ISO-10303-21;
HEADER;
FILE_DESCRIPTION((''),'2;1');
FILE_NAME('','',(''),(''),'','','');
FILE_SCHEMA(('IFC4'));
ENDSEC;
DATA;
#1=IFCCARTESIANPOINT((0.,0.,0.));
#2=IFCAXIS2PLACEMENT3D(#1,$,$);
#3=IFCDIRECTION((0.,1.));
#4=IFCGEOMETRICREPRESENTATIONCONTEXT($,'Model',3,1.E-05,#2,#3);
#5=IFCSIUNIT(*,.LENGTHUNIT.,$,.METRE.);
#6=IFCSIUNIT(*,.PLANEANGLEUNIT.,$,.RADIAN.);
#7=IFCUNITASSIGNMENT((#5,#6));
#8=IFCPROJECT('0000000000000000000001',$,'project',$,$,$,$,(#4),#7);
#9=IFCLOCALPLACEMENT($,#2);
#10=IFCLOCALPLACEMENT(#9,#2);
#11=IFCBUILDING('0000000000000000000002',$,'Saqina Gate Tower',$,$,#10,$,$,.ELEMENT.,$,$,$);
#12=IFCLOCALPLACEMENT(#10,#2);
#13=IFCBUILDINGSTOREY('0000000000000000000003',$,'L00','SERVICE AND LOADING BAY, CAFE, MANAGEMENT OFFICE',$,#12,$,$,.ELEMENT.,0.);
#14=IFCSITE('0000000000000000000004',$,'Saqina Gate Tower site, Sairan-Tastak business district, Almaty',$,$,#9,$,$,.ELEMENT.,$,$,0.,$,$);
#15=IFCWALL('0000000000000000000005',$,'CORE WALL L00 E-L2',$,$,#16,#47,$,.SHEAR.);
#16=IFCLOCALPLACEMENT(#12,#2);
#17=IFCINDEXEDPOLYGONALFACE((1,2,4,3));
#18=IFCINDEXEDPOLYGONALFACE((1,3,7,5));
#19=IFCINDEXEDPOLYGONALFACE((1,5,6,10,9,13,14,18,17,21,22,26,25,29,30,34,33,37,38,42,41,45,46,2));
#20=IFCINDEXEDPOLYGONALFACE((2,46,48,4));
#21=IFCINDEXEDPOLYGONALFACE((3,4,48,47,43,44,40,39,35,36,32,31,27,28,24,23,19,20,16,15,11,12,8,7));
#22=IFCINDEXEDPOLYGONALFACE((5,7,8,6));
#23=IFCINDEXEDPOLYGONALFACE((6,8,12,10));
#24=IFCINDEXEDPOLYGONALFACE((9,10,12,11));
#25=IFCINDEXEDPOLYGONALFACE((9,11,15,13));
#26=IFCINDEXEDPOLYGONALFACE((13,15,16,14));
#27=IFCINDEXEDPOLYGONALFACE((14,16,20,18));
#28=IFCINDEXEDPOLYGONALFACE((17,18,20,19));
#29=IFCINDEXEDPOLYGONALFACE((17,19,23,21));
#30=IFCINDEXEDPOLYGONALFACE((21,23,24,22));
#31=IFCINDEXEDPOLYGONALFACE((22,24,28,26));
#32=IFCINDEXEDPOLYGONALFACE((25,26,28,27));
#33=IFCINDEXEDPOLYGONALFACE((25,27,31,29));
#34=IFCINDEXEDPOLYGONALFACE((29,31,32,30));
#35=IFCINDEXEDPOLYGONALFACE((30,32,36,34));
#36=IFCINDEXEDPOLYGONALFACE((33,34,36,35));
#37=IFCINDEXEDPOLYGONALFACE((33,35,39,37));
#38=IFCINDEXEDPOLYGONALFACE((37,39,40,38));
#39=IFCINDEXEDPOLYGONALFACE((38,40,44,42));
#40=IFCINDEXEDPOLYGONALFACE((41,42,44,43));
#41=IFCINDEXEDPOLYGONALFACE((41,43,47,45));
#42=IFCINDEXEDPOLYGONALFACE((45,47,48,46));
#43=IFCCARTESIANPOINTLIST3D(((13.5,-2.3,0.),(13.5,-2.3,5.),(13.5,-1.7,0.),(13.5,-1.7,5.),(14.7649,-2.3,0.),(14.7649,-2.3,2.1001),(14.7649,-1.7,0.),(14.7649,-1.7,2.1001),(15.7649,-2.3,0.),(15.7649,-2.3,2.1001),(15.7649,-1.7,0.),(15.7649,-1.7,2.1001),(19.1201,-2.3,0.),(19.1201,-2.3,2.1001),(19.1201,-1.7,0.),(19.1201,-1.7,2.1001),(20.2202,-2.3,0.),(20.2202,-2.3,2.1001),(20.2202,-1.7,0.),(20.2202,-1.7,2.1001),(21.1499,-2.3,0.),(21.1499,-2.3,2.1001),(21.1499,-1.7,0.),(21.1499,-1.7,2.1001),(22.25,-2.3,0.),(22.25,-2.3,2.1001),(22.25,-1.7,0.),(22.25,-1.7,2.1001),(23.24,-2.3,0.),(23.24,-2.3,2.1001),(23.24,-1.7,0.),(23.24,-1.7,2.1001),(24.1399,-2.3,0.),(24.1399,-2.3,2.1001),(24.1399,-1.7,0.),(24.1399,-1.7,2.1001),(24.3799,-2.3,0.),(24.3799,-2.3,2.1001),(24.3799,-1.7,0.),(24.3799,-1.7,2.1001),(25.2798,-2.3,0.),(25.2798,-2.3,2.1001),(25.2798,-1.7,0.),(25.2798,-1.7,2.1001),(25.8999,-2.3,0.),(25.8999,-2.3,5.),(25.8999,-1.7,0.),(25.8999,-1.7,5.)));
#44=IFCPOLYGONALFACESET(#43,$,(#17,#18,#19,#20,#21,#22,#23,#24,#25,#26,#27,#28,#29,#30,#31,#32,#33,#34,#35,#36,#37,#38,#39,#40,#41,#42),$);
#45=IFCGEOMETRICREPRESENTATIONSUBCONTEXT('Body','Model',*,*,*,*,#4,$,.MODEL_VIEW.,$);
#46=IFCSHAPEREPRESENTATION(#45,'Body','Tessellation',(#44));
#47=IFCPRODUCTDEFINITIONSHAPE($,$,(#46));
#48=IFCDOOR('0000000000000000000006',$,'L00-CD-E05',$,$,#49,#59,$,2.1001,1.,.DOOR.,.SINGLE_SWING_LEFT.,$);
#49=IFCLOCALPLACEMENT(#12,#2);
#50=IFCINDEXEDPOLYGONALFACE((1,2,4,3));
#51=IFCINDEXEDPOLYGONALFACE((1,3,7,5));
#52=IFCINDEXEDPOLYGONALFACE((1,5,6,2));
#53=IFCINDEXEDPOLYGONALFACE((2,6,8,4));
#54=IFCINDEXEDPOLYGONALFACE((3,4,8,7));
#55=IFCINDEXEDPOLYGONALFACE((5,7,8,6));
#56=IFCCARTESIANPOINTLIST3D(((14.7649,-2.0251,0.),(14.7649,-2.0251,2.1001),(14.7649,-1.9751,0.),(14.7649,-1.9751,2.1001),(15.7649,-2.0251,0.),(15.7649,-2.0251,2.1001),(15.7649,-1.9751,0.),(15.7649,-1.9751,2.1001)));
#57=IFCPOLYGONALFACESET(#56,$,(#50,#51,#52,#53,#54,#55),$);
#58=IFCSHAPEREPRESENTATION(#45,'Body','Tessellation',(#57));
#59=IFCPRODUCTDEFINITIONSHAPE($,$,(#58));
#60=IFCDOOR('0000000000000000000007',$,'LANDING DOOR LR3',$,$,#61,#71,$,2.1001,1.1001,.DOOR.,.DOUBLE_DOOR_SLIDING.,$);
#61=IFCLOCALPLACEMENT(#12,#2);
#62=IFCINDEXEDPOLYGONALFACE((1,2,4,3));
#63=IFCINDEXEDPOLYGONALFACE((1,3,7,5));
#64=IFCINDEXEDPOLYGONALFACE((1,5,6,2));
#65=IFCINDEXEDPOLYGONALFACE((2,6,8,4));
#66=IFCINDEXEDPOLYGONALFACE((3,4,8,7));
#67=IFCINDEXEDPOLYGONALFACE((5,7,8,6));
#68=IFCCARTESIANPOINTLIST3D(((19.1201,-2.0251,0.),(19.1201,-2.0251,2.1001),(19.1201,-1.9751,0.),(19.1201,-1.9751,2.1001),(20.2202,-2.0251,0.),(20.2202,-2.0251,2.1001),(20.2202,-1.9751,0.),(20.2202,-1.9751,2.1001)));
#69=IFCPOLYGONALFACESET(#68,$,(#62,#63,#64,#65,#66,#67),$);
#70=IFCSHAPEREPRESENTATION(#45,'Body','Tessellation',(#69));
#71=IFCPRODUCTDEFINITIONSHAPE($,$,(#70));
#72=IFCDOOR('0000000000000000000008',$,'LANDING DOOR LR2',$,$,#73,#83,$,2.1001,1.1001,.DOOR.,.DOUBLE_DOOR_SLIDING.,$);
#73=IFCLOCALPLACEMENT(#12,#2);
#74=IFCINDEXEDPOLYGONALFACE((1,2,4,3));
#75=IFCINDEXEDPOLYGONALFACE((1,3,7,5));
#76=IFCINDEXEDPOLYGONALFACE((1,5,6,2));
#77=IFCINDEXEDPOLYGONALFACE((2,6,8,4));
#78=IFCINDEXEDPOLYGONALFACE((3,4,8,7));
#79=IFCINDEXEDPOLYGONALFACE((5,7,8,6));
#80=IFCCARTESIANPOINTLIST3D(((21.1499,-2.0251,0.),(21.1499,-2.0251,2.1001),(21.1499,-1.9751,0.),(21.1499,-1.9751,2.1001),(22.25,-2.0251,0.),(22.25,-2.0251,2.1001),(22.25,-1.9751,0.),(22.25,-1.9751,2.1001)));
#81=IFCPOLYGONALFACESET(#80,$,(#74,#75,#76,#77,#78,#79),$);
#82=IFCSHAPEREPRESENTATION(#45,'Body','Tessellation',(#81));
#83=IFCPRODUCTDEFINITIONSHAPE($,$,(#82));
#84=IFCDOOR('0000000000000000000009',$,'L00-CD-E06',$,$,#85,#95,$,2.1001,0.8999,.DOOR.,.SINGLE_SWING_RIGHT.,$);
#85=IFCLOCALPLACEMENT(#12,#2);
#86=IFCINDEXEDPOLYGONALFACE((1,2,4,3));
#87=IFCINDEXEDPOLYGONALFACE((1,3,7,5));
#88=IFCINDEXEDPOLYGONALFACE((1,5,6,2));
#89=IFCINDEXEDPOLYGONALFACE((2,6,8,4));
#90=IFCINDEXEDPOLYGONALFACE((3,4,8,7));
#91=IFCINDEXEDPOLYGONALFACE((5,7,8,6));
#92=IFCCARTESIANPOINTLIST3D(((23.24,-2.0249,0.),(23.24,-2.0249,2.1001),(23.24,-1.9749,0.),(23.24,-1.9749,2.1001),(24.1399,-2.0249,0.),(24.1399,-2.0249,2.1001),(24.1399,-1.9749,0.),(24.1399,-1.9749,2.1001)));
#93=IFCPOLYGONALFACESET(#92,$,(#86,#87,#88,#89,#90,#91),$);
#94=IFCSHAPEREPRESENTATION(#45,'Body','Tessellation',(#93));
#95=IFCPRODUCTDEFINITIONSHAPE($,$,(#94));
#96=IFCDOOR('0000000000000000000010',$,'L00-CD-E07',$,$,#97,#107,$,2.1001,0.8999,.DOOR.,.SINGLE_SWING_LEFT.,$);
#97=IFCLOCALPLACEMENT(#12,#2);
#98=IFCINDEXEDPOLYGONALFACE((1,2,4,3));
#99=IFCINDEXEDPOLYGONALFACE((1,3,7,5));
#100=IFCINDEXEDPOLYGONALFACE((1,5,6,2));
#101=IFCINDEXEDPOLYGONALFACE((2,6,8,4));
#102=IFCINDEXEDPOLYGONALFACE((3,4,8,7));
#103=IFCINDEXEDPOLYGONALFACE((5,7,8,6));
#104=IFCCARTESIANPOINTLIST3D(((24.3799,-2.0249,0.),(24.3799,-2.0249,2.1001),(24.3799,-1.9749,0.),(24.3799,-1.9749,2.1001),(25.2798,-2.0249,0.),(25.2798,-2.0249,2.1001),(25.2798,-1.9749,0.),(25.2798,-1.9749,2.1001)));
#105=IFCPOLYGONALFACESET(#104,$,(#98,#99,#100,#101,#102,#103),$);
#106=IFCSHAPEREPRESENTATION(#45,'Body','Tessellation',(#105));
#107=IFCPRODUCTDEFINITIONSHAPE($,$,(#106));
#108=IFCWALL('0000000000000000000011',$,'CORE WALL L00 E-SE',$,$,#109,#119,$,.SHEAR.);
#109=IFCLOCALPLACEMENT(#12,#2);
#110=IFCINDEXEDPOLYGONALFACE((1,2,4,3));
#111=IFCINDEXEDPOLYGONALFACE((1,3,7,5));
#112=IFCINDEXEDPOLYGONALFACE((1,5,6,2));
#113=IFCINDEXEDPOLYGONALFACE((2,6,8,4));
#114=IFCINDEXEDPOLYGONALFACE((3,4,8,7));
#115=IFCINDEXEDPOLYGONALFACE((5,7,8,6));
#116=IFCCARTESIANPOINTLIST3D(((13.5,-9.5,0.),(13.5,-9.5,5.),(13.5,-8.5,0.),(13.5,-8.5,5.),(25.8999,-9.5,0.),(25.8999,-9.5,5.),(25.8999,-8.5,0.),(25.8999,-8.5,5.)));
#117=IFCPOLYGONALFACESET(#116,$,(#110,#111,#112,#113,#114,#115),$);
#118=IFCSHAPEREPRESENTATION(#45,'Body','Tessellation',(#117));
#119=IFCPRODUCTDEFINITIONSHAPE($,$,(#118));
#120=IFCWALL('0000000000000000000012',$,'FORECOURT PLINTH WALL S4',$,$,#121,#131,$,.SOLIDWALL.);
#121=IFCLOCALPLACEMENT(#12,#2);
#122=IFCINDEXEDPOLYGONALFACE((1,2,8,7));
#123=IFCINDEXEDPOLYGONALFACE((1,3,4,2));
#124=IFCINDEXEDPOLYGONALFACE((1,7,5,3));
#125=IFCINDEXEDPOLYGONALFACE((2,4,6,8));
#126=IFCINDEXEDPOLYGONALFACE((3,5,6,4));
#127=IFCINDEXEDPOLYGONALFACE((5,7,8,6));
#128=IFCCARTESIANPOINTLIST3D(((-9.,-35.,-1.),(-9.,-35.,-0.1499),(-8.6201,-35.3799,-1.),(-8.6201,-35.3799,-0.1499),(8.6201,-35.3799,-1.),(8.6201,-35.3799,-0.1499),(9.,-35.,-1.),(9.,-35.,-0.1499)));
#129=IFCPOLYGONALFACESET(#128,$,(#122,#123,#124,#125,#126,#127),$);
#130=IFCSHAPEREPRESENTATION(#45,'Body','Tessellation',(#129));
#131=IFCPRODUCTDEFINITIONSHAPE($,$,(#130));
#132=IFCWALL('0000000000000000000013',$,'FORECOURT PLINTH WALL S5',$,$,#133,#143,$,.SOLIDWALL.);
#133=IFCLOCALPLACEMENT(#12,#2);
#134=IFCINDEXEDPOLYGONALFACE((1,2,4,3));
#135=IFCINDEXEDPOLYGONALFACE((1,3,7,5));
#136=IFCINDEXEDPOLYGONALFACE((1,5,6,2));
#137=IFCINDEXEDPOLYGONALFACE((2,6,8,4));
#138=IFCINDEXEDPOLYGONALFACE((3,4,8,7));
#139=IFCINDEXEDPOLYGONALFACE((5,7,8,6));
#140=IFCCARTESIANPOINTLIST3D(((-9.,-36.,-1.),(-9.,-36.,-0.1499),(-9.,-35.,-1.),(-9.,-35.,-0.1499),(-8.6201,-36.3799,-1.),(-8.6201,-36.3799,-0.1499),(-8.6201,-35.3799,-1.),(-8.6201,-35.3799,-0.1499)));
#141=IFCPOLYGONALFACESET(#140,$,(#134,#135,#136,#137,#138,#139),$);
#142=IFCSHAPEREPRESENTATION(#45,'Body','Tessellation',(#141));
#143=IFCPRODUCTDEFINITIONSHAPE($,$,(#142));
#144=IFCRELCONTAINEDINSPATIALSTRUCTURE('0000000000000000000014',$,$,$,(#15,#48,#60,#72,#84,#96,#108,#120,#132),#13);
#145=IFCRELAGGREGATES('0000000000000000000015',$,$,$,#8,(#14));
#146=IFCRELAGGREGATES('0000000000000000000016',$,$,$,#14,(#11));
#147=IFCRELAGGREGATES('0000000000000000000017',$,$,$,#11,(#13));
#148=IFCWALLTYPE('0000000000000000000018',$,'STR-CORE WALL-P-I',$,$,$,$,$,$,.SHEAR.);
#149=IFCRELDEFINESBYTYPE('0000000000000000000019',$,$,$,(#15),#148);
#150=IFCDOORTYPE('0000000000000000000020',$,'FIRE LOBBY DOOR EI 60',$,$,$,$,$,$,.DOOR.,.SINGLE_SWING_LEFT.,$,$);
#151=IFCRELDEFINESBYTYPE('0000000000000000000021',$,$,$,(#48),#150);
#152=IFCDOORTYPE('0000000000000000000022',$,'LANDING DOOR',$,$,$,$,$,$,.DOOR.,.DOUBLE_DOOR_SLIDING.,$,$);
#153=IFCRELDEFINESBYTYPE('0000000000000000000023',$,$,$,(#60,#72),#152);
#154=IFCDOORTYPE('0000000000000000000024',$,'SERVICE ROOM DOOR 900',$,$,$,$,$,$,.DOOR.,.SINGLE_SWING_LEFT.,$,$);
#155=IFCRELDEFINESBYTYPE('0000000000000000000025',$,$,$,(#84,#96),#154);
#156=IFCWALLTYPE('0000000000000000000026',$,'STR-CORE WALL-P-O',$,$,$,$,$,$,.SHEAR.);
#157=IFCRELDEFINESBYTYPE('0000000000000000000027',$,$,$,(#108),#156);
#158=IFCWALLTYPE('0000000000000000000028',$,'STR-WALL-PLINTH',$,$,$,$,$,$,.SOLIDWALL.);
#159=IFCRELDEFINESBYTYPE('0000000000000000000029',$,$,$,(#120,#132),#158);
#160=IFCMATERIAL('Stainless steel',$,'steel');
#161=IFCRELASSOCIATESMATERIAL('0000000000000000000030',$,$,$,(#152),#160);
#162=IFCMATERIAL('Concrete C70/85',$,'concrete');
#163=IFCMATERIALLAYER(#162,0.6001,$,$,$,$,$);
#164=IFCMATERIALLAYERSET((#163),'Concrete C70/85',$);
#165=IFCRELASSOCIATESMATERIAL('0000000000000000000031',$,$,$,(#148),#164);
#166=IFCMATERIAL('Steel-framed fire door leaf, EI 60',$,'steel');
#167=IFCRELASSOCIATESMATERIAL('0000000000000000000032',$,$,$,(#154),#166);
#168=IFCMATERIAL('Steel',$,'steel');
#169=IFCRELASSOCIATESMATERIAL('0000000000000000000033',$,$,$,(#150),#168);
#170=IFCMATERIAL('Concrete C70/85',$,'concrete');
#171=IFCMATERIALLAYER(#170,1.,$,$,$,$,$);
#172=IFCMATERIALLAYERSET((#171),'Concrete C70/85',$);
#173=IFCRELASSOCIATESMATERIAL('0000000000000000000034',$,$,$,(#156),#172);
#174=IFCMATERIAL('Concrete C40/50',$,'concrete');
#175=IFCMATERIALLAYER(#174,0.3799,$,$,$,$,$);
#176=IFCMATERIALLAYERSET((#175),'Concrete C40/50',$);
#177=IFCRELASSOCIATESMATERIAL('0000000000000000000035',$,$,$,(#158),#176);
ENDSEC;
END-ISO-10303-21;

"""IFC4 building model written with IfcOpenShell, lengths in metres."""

from ifc_helpers import new_model, si_unit, direction, frame, frame_2d, origin, place, context, subcontext, project, spatial, polyline, rectangle, outline, extrude, material, layer, layer_set, type_object, element, fill, save


model = new_model("IFC4")

# Units and contexts
model_context = context("Model", 3, precision=1e-05, world=origin(), true_north=direction((0.0, 1.0)))
body_context = subcontext(model_context, "Body", "Model", "MODEL_VIEW")
ifc_project = project(units=[si_unit("LENGTHUNIT", "METRE"), si_unit("PLANEANGLEUNIT", "RADIAN")], contexts=[model_context])

# Site, building, storey
site_placement = place(None, origin())
site = spatial("IfcSite", under=ifc_project, at=site_placement, Name="Saqina Gate Tower site, Sairan-Tastak business district, Almaty", CompositionType="ELEMENT", RefElevation=0.0)
building_placement = place(site_placement, origin())
building = spatial("IfcBuilding", under=site, at=building_placement, Name="Saqina Gate Tower", CompositionType="ELEMENT")
storey_placement = place(building_placement, origin())
storey = spatial("IfcBuildingStorey", under=building, at=storey_placement, Name="L00", Description="SERVICE AND LOADING BAY, CAFE, MANAGEMENT OFFICE", CompositionType="ELEMENT", Elevation=0.0)

# Shared definitions
ifc_material_1 = material(Name="Stainless steel", Category="steel")
door_type_1 = type_object("IfcDoorType", Name="LANDING DOOR", OperationType="DOUBLE_DOOR_SLIDING", PredefinedType="DOOR", material=ifc_material_1)

# Wall, openings, doors
ifc_material_2 = material(Name="Concrete C70/85", Category="concrete")
ifc_layer_1 = layer(ifc_material_2, 0.6001)
ifc_layer_set_1 = layer_set([ifc_layer_1], Name="Concrete C70/85")
wall_type_1 = type_object("IfcWallType", Name="STR-CORE WALL-P-I", PredefinedType="SHEAR", material=ifc_layer_set_1)
ifc_material_3 = material(Name="Steel-framed fire door leaf, EI 60", Category="steel")
door_type_2 = type_object("IfcDoorType", Name="SERVICE ROOM DOOR 900", OperationType="SINGLE_SWING_LEFT", PredefinedType="DOOR", material=ifc_material_3)
wall_1_placement = place(storey_placement, frame((13.5, -2.0, 0.0), z_axis=(0.0, 0.0, 1.0), x_axis=(1.0, 0.0, 0.0)))
wall_1 = element("IfcWall", 1, at=wall_1_placement, inside=storey, type_object=wall_type_1, Name="CORE WALL L00 E-L2", PredefinedType="SHEAR", context=body_context, shape_type="SweptSolid", body=[
    extrude(rectangle(XDim=12.3999, YDim=0.6001, at=frame_2d((6.2, 0.0))), origin(), (0.0, 0.0, 1.0), 5.0),
])
opening_1_placement = place(wall_1_placement, frame((5.6201, 0.0, 0.0)))
opening_1 = element("IfcOpeningElement", 2, at=opening_1_placement, cuts=wall_1, PredefinedType="OPENING", context=body_context, shape_type="SweptSolid", body=[
    extrude(rectangle(XDim=1.1001, YDim=2.1001, at=frame_2d((0.55, 1.05))), frame((0.0, 0.312, 0.0), z_axis=(0.0, -1.0, 0.0), x_axis=(1.0, 0.0, 0.0)), (0.0, 0.0, 1.0), 0.624),
])
opening_2_placement = place(wall_1_placement, frame((7.6499, 0.0, 0.0)))
opening_2 = element("IfcOpeningElement", 3, at=opening_2_placement, cuts=wall_1, PredefinedType="OPENING", context=body_context, shape_type="SweptSolid", body=[
    extrude(rectangle(XDim=1.1001, YDim=2.1001, at=frame_2d((0.55, 1.05))), frame((0.0, 0.312, 0.0), z_axis=(0.0, -1.0, 0.0), x_axis=(1.0, 0.0, 0.0)), (0.0, 0.0, 1.0), 0.624),
])
opening_3_placement = place(wall_1_placement, frame((1.2649, 0.0, 0.0)))
opening_3 = element("IfcOpeningElement", 4, at=opening_3_placement, cuts=wall_1, PredefinedType="OPENING", context=body_context, shape_type="SweptSolid", body=[
    extrude(rectangle(XDim=1.0, YDim=2.1001, at=frame_2d((0.5, 1.05))), frame((0.0, 0.312, 0.0), z_axis=(0.0, -1.0, 0.0), x_axis=(1.0, 0.0, 0.0)), (0.0, 0.0, 1.0), 0.624),
])
opening_4_placement = place(wall_1_placement, frame((9.74, 0.0, 0.0)))
opening_4 = element("IfcOpeningElement", 5, at=opening_4_placement, cuts=wall_1, PredefinedType="OPENING", context=body_context, shape_type="SweptSolid", body=[
    extrude(rectangle(XDim=0.8999, YDim=2.1001, at=frame_2d((0.45, 1.05))), frame((0.0, 0.312, 0.0), z_axis=(0.0, -1.0, 0.0), x_axis=(1.0, 0.0, 0.0)), (0.0, 0.0, 1.0), 0.624),
])
opening_5_placement = place(wall_1_placement, frame((10.8799, 0.0, 0.0)))
opening_5 = element("IfcOpeningElement", 6, at=opening_5_placement, cuts=wall_1, PredefinedType="OPENING", context=body_context, shape_type="SweptSolid", body=[
    extrude(rectangle(XDim=0.8999, YDim=2.1001, at=frame_2d((0.45, 1.05))), frame((0.0, 0.312, 0.0), z_axis=(0.0, -1.0, 0.0), x_axis=(1.0, 0.0, 0.0)), (0.0, 0.0, 1.0), 0.624),
])
ifc_material_4 = material(Name="Steel", Category="steel")
door_type_3 = type_object("IfcDoorType", Name="FIRE LOBBY DOOR EI 60", OperationType="SINGLE_SWING_LEFT", PredefinedType="DOOR", material=ifc_material_4)
door_1_placement = place(opening_3_placement, origin())
door_1 = element("IfcDoor", 7, at=door_1_placement, inside=storey, type_object=door_type_3, Name="L00-CD-E05", OperationType="SINGLE_SWING_LEFT", OverallHeight=2.1001, OverallWidth=1.0, PredefinedType="DOOR", context=body_context, shape_type="SweptSolid", body=[
    extrude(rectangle(XDim=1.0, YDim=2.1001, at=frame_2d((0.5, 1.05))), frame((0.0, 0.0249, 0.0), z_axis=(0.0, -1.0, 0.0), x_axis=(1.0, 0.0, 0.0)), (0.0, 0.0, 1.0), 0.05),
])
fill(opening_3, door_1)
door_2_placement = place(opening_1_placement, origin())
door_2 = element("IfcDoor", 8, at=door_2_placement, inside=storey, type_object=door_type_1, Name="LANDING DOOR LR3", OperationType="DOUBLE_DOOR_SLIDING", OverallHeight=2.1001, OverallWidth=1.1001, PredefinedType="DOOR", context=body_context, shape_type="SweptSolid", body=[
    extrude(rectangle(XDim=1.1001, YDim=2.1001, at=frame_2d((0.55, 1.05))), frame((0.0, 0.0249, 0.0), z_axis=(0.0, -1.0, 0.0), x_axis=(1.0, 0.0, 0.0)), (0.0, 0.0, 1.0), 0.05),
])
fill(opening_1, door_2)
door_3_placement = place(opening_2_placement, origin())
door_3 = element("IfcDoor", 9, at=door_3_placement, inside=storey, type_object=door_type_1, Name="LANDING DOOR LR2", OperationType="DOUBLE_DOOR_SLIDING", OverallHeight=2.1001, OverallWidth=1.1001, PredefinedType="DOOR", context=body_context, shape_type="SweptSolid", body=[
    extrude(rectangle(XDim=1.1001, YDim=2.1001, at=frame_2d((0.55, 1.05))), frame((0.0, 0.0249, 0.0), z_axis=(0.0, -1.0, 0.0), x_axis=(1.0, 0.0, 0.0)), (0.0, 0.0, 1.0), 0.05),
])
fill(opening_2, door_3)
door_4_placement = place(opening_4_placement, frame((0.8999, 0.0, 0.0), z_axis=(0.0, 0.0, 1.0), x_axis=(-1.0, 0.0, 0.0)))
door_4 = element("IfcDoor", 10, at=door_4_placement, inside=storey, type_object=door_type_2, Name="L00-CD-E06", OperationType="SINGLE_SWING_RIGHT", OverallHeight=2.1001, OverallWidth=0.8999, PredefinedType="DOOR", context=body_context, shape_type="SweptSolid", body=[
    extrude(rectangle(XDim=0.8999, YDim=2.1001, at=frame_2d((0.45, 1.05))), frame((0.0, 0.0249, 0.0), z_axis=(0.0, -1.0, 0.0), x_axis=(1.0, 0.0, 0.0)), (0.0, 0.0, 1.0), 0.05),
])
fill(opening_4, door_4)
door_5_placement = place(opening_5_placement, frame((0.8999, 0.0, 0.0), z_axis=(0.0, 0.0, 1.0), x_axis=(-1.0, 0.0, 0.0)))
door_5 = element("IfcDoor", 11, at=door_5_placement, inside=storey, type_object=door_type_2, Name="L00-CD-E07", OperationType="SINGLE_SWING_LEFT", OverallHeight=2.1001, OverallWidth=0.8999, PredefinedType="DOOR", context=body_context, shape_type="SweptSolid", body=[
    extrude(rectangle(XDim=0.8999, YDim=2.1001, at=frame_2d((0.45, 1.05))), frame((0.0, 0.0249, 0.0), z_axis=(0.0, -1.0, 0.0), x_axis=(1.0, 0.0, 0.0)), (0.0, 0.0, 1.0), 0.05),
])
fill(opening_5, door_5)
ifc_material_5 = material(Name="Concrete C70/85", Category="concrete")
ifc_layer_2 = layer(ifc_material_5, 1.0)
ifc_layer_set_2 = layer_set([ifc_layer_2], Name="Concrete C70/85")
wall_type_2 = type_object("IfcWallType", Name="STR-CORE WALL-P-O", PredefinedType="SHEAR", material=ifc_layer_set_2)

# Walls
wall_2_placement = place(storey_placement, frame((13.5, -9.0, 0.0), z_axis=(0.0, 0.0, 1.0), x_axis=(1.0, 0.0, 0.0)))
element("IfcWall", 12, at=wall_2_placement, inside=storey, type_object=wall_type_2, Name="CORE WALL L00 E-SE", PredefinedType="SHEAR", context=body_context, shape_type="SweptSolid", body=[
    extrude(rectangle(XDim=12.3999, YDim=1.0, at=frame_2d((6.2, 0.0))), origin(), (0.0, 0.0, 1.0), 5.0),
])
ifc_material_6 = material(Name="Concrete C40/50", Category="concrete")
ifc_layer_3 = layer(ifc_material_6, 0.3799)
ifc_layer_set_3 = layer_set([ifc_layer_3], Name="Concrete C40/50")
wall_type_3 = type_object("IfcWallType", Name="STR-WALL-PLINTH", PredefinedType="SOLIDWALL", material=ifc_layer_set_3)
wall_3_placement = place(storey_placement, frame((0.0, 0.0, -1.0)))
element("IfcWall", 13, at=wall_3_placement, inside=storey, type_object=wall_type_3, Name="FORECOURT PLINTH WALL S4", PredefinedType="SOLIDWALL", context=body_context, shape_type="SweptSolid", body=[
    extrude(outline(polyline([(9.0, -35.0), (-9.0, -35.0), (-8.6201, -35.3799), (8.6201, -35.3799), (9.0, -35.0)])), origin(), (0.0, 0.0, 1.0), 0.8501),
])
wall_4_placement = place(storey_placement, frame((0.0, 0.0, -1.0)))
element("IfcWall", 14, at=wall_4_placement, inside=storey, type_object=wall_type_3, Name="FORECOURT PLINTH WALL S5", PredefinedType="SOLIDWALL", context=body_context, shape_type="SweptSolid", body=[
    extrude(outline(polyline([(-9.0, -35.0), (-9.0, -36.0), (-8.6201, -36.3799), (-8.6201, -35.3799), (-9.0, -35.0)])), origin(), (0.0, 0.0, 1.0), 0.8501),
])

save(model, "model.ifc")
